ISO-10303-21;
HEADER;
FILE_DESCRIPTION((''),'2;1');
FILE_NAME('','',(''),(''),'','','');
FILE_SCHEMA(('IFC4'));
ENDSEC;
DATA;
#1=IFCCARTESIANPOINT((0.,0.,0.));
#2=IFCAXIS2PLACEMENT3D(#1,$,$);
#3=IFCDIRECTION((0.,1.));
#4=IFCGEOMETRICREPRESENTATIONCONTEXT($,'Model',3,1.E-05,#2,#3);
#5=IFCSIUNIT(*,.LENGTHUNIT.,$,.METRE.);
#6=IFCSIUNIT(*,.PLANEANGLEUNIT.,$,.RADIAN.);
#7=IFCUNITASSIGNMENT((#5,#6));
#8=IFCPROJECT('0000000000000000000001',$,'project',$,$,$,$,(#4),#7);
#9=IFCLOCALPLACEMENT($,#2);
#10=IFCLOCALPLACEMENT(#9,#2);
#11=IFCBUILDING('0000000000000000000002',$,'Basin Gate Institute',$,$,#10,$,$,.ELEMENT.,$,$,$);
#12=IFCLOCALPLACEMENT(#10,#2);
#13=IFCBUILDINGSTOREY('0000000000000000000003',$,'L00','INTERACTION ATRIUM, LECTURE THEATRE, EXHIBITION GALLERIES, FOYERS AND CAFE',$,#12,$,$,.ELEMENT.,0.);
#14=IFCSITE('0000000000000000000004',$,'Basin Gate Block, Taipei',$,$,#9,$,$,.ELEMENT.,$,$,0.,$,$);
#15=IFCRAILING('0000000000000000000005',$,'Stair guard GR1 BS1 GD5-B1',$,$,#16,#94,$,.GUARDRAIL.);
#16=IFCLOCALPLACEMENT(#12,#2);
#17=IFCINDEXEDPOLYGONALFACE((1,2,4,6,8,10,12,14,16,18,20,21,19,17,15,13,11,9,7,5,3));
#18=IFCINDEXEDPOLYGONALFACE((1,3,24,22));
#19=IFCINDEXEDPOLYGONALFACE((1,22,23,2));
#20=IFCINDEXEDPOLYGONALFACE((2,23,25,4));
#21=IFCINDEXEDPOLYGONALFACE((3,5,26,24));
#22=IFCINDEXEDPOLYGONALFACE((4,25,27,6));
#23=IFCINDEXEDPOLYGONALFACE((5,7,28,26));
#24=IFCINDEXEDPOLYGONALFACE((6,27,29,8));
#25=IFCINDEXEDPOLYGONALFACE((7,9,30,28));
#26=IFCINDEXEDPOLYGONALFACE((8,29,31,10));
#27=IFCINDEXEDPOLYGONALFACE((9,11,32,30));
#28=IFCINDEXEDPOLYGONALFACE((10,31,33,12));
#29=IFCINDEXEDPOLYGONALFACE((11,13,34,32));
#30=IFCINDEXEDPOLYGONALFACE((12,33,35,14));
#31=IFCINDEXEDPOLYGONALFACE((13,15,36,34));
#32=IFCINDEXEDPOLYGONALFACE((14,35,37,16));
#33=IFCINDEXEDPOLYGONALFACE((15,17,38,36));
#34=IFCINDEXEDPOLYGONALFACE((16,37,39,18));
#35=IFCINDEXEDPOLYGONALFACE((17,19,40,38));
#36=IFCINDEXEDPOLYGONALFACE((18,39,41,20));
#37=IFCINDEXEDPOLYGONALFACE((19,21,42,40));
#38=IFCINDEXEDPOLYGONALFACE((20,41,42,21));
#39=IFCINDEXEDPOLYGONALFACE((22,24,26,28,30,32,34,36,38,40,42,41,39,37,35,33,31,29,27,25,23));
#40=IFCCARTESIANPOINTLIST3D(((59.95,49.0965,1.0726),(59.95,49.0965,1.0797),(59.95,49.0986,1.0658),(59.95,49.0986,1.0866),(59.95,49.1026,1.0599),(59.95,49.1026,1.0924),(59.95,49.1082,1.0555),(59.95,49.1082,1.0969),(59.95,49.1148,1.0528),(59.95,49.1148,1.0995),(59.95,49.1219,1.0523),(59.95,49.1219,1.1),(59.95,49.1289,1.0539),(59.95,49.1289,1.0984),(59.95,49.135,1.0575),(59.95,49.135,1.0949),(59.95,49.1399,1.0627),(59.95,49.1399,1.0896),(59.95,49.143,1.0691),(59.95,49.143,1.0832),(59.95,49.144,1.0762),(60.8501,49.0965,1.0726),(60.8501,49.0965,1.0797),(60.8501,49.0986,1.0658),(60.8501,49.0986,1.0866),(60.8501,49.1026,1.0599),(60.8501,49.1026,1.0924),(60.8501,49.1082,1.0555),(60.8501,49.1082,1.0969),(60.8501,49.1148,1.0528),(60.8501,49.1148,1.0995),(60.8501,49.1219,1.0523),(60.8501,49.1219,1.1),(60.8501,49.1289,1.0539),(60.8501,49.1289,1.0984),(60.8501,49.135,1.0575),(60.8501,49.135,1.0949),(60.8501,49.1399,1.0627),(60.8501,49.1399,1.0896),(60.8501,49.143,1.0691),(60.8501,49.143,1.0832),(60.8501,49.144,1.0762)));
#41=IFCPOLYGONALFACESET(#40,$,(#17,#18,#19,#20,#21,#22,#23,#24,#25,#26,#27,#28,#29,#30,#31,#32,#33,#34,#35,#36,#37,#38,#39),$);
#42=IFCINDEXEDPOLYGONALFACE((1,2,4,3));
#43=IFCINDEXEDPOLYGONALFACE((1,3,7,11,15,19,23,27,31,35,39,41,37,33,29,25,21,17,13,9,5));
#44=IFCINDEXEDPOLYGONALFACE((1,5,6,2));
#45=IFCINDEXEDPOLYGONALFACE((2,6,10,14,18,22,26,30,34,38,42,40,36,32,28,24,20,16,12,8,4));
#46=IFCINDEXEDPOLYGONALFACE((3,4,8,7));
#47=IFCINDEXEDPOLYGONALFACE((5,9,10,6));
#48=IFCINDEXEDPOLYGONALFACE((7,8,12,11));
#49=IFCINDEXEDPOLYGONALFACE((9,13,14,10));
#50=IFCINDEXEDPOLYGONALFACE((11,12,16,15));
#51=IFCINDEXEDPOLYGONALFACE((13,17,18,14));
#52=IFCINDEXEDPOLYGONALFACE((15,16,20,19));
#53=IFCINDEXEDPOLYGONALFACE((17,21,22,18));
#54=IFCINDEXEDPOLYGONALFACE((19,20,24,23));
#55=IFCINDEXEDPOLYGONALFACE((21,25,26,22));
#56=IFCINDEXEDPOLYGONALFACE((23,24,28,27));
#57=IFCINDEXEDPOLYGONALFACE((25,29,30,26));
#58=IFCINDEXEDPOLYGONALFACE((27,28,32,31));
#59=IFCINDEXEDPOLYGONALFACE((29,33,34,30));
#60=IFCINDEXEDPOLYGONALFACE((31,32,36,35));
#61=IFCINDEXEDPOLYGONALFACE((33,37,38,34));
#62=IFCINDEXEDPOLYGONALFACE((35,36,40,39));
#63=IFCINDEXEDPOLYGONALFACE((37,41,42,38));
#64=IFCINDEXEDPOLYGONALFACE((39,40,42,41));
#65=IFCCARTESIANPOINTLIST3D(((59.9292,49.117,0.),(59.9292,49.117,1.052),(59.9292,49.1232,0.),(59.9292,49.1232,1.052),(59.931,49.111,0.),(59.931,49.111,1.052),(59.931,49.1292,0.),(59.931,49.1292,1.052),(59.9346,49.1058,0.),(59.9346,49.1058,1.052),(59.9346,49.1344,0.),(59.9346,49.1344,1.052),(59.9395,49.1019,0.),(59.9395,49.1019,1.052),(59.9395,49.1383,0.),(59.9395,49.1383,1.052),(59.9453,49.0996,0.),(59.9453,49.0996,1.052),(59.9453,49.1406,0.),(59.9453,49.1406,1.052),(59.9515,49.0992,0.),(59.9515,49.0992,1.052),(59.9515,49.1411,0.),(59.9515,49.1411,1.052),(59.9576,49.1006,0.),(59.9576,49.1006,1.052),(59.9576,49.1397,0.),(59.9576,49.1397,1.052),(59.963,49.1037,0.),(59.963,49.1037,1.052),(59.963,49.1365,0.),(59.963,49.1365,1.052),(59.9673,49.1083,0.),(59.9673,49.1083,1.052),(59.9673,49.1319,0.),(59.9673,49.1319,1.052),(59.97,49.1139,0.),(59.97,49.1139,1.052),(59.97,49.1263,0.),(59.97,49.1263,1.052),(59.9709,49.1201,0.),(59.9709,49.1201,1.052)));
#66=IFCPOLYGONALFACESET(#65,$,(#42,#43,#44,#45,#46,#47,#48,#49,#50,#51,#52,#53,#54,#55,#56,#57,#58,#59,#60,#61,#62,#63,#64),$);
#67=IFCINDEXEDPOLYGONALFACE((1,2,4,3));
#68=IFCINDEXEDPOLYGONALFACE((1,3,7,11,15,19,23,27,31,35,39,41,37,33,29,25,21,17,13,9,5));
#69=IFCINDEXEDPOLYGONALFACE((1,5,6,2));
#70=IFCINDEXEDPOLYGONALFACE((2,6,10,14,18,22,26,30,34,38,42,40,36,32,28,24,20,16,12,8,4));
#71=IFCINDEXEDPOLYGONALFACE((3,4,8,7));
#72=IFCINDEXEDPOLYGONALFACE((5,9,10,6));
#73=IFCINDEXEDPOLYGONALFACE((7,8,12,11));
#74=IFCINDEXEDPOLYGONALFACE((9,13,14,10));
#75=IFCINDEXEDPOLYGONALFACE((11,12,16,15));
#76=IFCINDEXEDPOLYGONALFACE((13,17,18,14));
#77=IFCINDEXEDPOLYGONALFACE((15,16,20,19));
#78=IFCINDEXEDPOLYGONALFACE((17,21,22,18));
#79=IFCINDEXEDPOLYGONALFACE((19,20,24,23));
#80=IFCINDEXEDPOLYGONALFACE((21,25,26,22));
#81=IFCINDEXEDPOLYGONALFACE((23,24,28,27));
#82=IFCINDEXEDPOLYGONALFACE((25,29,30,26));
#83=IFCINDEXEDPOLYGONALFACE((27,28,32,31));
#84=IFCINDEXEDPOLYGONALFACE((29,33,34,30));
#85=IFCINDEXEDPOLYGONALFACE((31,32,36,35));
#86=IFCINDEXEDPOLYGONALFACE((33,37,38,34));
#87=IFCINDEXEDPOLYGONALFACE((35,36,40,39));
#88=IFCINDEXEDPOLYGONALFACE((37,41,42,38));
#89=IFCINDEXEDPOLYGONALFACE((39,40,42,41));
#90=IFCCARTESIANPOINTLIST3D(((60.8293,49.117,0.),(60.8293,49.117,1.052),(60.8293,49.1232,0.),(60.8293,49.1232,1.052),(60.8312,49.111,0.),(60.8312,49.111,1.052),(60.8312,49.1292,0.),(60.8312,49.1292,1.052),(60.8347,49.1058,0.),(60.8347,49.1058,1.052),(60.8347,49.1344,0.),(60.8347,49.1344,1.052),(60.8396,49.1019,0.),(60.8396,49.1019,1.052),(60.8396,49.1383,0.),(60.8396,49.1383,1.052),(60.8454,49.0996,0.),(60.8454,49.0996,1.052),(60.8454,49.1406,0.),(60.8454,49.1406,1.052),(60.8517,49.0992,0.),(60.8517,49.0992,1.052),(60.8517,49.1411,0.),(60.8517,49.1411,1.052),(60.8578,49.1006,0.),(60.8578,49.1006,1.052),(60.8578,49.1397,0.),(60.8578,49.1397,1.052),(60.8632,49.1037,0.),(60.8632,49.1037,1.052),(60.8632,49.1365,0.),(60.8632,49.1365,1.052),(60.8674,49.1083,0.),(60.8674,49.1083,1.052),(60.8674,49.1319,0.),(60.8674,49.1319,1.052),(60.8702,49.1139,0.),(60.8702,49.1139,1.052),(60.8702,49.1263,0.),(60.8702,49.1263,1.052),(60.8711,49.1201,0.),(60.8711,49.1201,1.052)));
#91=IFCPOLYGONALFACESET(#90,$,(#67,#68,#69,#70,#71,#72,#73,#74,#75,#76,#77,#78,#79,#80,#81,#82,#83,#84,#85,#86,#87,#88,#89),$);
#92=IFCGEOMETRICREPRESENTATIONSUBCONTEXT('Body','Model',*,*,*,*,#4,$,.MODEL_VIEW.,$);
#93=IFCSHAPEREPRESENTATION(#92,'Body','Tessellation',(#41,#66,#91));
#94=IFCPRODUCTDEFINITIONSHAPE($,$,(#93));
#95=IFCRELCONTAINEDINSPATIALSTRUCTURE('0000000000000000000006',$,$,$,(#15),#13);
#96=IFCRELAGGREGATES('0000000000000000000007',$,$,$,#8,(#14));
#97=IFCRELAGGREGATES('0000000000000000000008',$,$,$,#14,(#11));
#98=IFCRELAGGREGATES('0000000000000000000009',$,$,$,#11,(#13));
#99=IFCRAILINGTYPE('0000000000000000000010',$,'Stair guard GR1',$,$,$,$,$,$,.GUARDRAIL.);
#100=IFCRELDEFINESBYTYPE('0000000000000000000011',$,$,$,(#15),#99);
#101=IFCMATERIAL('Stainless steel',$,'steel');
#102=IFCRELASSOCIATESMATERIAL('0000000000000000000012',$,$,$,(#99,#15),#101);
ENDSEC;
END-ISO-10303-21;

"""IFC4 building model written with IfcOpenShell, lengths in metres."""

from ifc_helpers import new_model, si_unit, direction, frame, origin, origin_2d, place, context, subcontext, project, spatial, circle, extrude, material, type_object, element, save


model = new_model("IFC4")

# Units and contexts
model_context = context("Model", 3, precision=1e-05, world=origin(), true_north=direction((0.0, 1.0)))
body_context = subcontext(model_context, "Body", "Model", "MODEL_VIEW")
ifc_project = project(units=[si_unit("LENGTHUNIT", "METRE"), si_unit("PLANEANGLEUNIT", "RADIAN")], contexts=[model_context])

# Site, building, storey
site_placement = place(None, origin())
site = spatial("IfcSite", under=ifc_project, at=site_placement, Name="Basin Gate Block, Taipei", CompositionType="ELEMENT", RefElevation=0.0)
building_placement = place(site_placement, origin())
building = spatial("IfcBuilding", under=site, at=building_placement, Name="Basin Gate Institute", CompositionType="ELEMENT")
storey_placement = place(building_placement, origin())
storey = spatial("IfcBuildingStorey", under=building, at=storey_placement, Name="L00", Description="INTERACTION ATRIUM, LECTURE THEATRE, EXHIBITION GALLERIES, FOYERS AND CAFE", CompositionType="ELEMENT", Elevation=0.0)

# Railing
ifc_material_1 = material(Name="Stainless steel", Category="steel")
railing_type = type_object("IfcRailingType", Name="Stair guard GR1", PredefinedType="GUARDRAIL", material=ifc_material_1)
railing_1_placement = place(storey_placement, frame((59.95, 49.1201, 0.0)))
element("IfcRailing", 1, at=railing_1_placement, inside=storey, type_object=railing_type, material=ifc_material_1, Name="Stair guard GR1 BS1 GD5-B1", PredefinedType="GUARDRAIL", context=body_context, shape_type="SweptSolid", body=[
    extrude(circle(Radius=0.0239, at=origin_2d()), frame((0.0, 0.0, 1.0762), z_axis=(1.0, 0.0, 0.0), x_axis=(0.0, 1.0, 0.0)), (0.0, 0.0, 1.0), 0.9001),
    extrude(circle(Radius=0.021, at=origin_2d()), origin(), (0.0, 0.0, 1.0), 1.052),
    extrude(circle(Radius=0.021, at=origin_2d()), frame((0.9001, 0.0, 0.0)), (0.0, 0.0, 1.0), 1.052),
])

save(model, "model.ifc")
